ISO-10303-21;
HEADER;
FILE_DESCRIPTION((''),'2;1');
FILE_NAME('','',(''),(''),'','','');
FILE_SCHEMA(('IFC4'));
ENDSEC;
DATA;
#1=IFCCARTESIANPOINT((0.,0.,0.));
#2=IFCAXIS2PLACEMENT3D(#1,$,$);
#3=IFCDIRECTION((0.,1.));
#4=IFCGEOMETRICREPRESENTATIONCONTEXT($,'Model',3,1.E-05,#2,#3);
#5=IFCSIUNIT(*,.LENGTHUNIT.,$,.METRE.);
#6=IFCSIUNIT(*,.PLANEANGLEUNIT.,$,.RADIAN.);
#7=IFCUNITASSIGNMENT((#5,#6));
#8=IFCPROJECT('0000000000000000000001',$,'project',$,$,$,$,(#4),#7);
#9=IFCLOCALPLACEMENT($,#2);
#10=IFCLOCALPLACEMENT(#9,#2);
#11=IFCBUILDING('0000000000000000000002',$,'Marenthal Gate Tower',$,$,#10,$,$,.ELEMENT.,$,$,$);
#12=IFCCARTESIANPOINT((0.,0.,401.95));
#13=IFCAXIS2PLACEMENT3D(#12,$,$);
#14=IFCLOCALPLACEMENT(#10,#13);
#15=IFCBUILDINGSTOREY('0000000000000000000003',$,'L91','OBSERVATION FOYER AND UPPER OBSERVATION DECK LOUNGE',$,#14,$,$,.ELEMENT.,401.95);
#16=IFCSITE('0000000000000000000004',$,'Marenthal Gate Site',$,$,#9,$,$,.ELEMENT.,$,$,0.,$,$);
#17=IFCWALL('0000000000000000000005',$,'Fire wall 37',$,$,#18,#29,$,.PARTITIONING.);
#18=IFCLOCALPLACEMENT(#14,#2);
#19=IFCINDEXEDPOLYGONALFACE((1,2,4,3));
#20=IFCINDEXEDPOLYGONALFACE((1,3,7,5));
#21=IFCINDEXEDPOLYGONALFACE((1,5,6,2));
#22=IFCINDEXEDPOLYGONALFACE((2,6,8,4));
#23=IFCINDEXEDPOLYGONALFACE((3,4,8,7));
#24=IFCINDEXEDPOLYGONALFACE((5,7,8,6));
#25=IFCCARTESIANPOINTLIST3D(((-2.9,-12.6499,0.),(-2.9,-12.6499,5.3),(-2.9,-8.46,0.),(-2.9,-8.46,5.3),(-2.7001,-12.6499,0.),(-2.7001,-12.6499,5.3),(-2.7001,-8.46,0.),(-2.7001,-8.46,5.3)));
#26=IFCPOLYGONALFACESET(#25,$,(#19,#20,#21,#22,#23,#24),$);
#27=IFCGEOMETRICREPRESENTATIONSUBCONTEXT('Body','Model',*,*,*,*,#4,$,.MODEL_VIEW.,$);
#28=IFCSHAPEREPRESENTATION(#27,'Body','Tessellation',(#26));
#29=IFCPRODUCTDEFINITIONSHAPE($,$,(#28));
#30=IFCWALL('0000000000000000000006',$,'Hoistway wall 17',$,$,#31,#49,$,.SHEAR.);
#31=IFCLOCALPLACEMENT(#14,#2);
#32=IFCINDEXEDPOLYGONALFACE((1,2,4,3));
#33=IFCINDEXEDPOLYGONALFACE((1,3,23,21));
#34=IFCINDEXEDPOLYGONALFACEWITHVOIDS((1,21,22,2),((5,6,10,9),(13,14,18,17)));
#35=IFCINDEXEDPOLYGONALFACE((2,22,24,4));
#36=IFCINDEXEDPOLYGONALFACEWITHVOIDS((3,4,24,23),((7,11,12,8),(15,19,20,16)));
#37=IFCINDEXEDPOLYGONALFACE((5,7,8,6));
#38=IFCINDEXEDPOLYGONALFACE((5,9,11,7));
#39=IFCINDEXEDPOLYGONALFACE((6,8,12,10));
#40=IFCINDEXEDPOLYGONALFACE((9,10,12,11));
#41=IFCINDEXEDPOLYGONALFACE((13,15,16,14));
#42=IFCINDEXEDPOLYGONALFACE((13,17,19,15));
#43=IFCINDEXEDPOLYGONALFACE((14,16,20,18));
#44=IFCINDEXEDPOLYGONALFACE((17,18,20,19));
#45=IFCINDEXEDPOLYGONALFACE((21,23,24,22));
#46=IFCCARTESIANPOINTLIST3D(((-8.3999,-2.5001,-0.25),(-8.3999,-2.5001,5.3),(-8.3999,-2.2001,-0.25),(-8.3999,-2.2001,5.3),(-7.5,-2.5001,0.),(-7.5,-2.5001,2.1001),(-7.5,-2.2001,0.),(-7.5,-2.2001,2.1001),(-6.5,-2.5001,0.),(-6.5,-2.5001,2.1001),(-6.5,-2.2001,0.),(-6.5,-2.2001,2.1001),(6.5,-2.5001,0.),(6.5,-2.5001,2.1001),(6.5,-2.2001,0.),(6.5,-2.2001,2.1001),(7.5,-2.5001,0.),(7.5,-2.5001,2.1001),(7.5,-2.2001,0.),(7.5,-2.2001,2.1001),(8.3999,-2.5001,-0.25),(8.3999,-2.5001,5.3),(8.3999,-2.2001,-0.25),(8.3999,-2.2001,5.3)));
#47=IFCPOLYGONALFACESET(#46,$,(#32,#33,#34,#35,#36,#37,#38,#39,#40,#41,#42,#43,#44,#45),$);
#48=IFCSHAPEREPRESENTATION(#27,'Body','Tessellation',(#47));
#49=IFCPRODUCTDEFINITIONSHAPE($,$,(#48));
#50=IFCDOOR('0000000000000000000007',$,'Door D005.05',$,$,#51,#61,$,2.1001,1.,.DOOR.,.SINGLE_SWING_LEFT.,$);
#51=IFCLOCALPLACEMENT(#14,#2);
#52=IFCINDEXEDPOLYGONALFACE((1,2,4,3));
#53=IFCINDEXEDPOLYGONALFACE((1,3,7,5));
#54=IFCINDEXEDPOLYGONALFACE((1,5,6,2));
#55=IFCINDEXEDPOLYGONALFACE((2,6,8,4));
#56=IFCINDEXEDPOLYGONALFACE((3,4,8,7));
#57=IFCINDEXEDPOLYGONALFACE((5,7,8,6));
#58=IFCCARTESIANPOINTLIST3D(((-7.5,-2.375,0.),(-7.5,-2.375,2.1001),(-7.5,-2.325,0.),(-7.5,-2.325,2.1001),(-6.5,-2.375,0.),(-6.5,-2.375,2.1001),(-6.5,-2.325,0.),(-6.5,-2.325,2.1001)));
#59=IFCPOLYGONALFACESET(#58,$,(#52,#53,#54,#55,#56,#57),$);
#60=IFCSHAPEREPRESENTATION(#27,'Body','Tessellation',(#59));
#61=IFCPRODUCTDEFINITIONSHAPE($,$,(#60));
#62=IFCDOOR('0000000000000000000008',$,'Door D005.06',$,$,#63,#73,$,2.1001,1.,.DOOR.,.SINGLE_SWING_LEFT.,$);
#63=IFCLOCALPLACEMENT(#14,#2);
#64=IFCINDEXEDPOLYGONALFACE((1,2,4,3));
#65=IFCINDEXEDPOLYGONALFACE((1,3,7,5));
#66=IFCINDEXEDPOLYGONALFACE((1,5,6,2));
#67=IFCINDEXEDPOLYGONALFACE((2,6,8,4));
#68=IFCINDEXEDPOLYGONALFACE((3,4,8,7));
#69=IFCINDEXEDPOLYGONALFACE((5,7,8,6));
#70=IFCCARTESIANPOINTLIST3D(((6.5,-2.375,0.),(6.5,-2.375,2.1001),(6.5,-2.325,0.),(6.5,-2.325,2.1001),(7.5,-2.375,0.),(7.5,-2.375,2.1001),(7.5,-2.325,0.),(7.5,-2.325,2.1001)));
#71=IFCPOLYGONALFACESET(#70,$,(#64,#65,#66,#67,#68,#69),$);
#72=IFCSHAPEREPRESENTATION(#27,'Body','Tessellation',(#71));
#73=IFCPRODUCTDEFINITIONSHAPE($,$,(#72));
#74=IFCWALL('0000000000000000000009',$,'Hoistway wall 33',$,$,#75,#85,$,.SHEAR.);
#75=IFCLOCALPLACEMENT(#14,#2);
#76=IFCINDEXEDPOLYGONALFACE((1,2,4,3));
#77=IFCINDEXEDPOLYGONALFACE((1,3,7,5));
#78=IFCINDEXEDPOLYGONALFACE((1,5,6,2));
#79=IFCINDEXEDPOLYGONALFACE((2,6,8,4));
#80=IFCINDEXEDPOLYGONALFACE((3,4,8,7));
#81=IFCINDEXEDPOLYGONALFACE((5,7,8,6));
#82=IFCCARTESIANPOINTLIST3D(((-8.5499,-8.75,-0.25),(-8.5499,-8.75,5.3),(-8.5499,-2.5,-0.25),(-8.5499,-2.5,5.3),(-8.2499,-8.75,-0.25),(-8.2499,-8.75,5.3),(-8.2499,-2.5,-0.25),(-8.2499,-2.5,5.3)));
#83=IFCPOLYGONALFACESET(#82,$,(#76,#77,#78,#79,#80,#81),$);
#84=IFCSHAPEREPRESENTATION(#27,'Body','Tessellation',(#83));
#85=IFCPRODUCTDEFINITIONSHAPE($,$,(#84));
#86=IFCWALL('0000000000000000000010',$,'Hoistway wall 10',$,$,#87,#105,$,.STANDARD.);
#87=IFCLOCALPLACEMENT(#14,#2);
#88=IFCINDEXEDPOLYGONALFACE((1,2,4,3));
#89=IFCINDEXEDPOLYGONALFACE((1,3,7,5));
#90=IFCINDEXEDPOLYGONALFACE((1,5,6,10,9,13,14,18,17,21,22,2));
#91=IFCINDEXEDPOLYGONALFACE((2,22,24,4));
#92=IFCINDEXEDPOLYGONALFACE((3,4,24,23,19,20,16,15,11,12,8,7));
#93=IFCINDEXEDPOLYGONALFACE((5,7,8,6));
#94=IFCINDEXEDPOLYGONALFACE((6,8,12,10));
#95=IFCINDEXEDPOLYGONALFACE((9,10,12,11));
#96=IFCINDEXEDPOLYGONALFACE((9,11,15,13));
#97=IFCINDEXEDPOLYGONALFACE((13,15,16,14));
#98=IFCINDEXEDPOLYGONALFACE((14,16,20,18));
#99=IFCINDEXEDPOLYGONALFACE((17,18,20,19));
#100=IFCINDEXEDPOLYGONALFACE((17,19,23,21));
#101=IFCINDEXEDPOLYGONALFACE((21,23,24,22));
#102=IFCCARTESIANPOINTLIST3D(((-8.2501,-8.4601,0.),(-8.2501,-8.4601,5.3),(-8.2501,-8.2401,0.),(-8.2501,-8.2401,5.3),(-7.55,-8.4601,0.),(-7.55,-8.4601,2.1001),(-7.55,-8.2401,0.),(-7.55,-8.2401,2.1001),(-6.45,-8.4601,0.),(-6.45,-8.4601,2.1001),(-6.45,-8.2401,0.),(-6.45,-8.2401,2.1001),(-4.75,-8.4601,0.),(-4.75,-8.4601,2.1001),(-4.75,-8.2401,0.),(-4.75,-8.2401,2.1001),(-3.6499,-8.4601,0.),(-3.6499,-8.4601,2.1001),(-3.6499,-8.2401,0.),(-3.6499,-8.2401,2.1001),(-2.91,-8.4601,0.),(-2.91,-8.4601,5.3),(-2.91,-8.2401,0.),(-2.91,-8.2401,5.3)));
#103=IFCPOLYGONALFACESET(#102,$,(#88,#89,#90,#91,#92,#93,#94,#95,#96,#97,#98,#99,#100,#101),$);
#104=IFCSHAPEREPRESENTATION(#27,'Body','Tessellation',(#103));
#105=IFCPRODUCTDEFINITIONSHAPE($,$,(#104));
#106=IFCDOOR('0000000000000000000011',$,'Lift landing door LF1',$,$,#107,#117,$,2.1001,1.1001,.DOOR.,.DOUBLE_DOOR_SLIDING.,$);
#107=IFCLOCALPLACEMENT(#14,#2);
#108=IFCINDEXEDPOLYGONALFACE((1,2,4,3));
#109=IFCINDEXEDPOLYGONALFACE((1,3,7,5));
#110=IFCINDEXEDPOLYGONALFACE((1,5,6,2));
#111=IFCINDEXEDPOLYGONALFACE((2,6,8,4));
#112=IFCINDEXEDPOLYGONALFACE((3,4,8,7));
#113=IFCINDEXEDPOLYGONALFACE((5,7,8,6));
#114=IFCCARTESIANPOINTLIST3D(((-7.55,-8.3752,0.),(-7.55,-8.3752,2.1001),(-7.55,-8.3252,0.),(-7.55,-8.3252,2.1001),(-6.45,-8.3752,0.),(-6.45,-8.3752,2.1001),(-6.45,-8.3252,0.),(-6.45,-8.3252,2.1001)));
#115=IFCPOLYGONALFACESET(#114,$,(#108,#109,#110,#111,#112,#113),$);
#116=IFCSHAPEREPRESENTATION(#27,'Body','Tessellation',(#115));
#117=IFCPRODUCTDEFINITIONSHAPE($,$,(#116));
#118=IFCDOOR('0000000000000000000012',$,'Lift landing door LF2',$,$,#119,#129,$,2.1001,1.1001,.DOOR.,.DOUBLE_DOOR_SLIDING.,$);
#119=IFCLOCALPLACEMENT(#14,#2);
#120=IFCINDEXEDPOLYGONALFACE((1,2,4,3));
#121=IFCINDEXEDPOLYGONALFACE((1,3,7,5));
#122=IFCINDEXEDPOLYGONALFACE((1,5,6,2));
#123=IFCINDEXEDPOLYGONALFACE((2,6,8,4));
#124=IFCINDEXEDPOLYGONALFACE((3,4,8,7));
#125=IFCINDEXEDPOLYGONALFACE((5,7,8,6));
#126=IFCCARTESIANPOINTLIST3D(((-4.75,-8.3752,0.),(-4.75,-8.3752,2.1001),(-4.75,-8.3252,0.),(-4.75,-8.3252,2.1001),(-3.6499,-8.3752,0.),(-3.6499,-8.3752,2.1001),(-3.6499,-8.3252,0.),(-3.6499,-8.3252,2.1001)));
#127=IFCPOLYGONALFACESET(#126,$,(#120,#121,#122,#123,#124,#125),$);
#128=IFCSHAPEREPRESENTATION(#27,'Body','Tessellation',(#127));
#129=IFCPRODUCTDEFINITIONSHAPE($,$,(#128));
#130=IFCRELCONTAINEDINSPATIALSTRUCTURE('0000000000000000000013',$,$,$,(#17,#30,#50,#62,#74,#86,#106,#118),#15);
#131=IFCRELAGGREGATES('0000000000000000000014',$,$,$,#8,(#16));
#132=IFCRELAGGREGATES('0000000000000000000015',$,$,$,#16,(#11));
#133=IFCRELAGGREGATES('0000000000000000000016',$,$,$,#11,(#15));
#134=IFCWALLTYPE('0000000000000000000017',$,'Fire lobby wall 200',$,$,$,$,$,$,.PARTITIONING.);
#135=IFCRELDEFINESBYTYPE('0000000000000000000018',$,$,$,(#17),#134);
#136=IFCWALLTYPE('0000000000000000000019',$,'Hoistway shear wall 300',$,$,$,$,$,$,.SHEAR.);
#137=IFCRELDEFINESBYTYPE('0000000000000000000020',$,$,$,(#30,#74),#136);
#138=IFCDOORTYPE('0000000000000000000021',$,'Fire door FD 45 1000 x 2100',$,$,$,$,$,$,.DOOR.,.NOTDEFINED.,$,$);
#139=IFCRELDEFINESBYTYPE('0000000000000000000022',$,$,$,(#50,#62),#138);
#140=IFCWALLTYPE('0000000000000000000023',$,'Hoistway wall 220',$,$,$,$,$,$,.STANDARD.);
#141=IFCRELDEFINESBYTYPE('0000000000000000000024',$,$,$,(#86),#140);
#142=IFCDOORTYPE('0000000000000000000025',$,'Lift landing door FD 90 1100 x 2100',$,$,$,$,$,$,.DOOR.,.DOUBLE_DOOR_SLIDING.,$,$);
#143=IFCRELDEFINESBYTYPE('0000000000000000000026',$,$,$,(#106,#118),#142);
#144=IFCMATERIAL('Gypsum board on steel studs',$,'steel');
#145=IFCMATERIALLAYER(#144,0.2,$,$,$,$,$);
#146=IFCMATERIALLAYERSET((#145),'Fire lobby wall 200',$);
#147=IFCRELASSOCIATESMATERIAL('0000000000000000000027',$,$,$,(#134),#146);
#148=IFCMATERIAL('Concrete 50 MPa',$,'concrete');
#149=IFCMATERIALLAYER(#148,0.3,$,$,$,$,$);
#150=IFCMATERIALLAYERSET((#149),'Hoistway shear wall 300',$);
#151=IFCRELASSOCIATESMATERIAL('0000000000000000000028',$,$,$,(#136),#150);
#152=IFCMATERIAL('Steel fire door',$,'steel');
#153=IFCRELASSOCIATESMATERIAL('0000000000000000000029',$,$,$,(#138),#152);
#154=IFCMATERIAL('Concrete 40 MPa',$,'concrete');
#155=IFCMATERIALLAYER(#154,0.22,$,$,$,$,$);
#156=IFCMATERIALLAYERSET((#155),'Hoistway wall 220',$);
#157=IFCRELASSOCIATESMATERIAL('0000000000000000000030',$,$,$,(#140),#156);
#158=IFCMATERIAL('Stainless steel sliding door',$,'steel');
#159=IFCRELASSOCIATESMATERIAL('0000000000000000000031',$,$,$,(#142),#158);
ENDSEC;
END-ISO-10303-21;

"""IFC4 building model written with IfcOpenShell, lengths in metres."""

from ifc_helpers import new_model, si_unit, direction, frame, frame_2d, origin, place, context, subcontext, project, spatial, rectangle, extrude, material, layer, layer_set, type_object, element, fill, save


model = new_model("IFC4")

# Units and contexts
model_context = context("Model", 3, precision=1e-05, world=origin(), true_north=direction((0.0, 1.0)))
body_context = subcontext(model_context, "Body", "Model", "MODEL_VIEW")
ifc_project = project(units=[si_unit("LENGTHUNIT", "METRE"), si_unit("PLANEANGLEUNIT", "RADIAN")], contexts=[model_context])

# Site, building, storey
site_placement = place(None, origin())
site = spatial("IfcSite", under=ifc_project, at=site_placement, Name="Marenthal Gate Site", CompositionType="ELEMENT", RefElevation=0.0)
building_placement = place(site_placement, origin())
building = spatial("IfcBuilding", under=site, at=building_placement, Name="Marenthal Gate Tower", CompositionType="ELEMENT")
storey_placement = place(building_placement, frame((0.0, 0.0, 401.95)))
storey = spatial("IfcBuildingStorey", under=building, at=storey_placement, Name="L91", Description="OBSERVATION FOYER AND UPPER OBSERVATION DECK LOUNGE", CompositionType="ELEMENT", Elevation=401.95)

# Wall
ifc_material_1 = material(Name="Gypsum board on steel studs", Category="steel")
ifc_layer_1 = layer(ifc_material_1, 0.2)
ifc_layer_set_1 = layer_set([ifc_layer_1], Name="Fire lobby wall 200")
wall_type_1 = type_object("IfcWallType", Name="Fire lobby wall 200", PredefinedType="PARTITIONING", material=ifc_layer_set_1)
wall_1_placement = place(storey_placement, frame((-2.8, -12.6499, 0.0), z_axis=(0.0, 0.0, 1.0), x_axis=(0.0, 1.0, 0.0)))
element("IfcWall", 1, at=wall_1_placement, inside=storey, type_object=wall_type_1, Name="Fire wall 37", PredefinedType="PARTITIONING", context=body_context, shape_type="SweptSolid", body=[
    extrude(rectangle(XDim=4.1899, YDim=0.2, at=frame_2d((2.095, 0.0))), origin(), (0.0, 0.0, 1.0), 5.3),
])

# Wall, openings, doors
ifc_material_2 = material(Name="Concrete 50 MPa", Category="concrete")
ifc_layer_2 = layer(ifc_material_2, 0.3)
ifc_layer_set_2 = layer_set([ifc_layer_2], Name="Hoistway shear wall 300")
wall_type_2 = type_object("IfcWallType", Name="Hoistway shear wall 300", PredefinedType="SHEAR", material=ifc_layer_set_2)
wall_2_placement = place(storey_placement, frame((-8.3999, -2.3501, -0.25), z_axis=(0.0, 0.0, 1.0), x_axis=(1.0, 0.0, 0.0)))
wall_2 = element("IfcWall", 2, at=wall_2_placement, inside=storey, type_object=wall_type_2, Name="Hoistway wall 17", PredefinedType="SHEAR", context=body_context, shape_type="SweptSolid", body=[
    extrude(rectangle(XDim=16.7998, YDim=0.3, at=frame_2d((8.3999, 0.0))), origin(), (0.0, 0.0, 1.0), 5.55),
])
opening_1_placement = place(wall_2_placement, frame((0.8999, 0.0, 0.25)))
opening_1 = element("IfcOpeningElement", 3, at=opening_1_placement, cuts=wall_2, PredefinedType="OPENING", context=body_context, shape_type="SweptSolid", body=[
    extrude(rectangle(XDim=1.0, YDim=2.1001, at=frame_2d((0.5, 1.05))), frame((0.0, 0.1602, 0.0), z_axis=(0.0, -1.0, 0.0), x_axis=(1.0, 0.0, 0.0)), (0.0, 0.0, 1.0), 0.3201),
])
opening_2_placement = place(wall_2_placement, frame((14.8999, 0.0, 0.25)))
opening_2 = element("IfcOpeningElement", 4, at=opening_2_placement, cuts=wall_2, PredefinedType="OPENING", context=body_context, shape_type="SweptSolid", body=[
    extrude(rectangle(XDim=1.0, YDim=2.1001, at=frame_2d((0.5, 1.05))), frame((0.0, 0.1602, 0.0), z_axis=(0.0, -1.0, 0.0), x_axis=(1.0, 0.0, 0.0)), (0.0, 0.0, 1.0), 0.3201),
])
ifc_material_3 = material(Name="Steel fire door", Category="steel")
door_type_1 = type_object("IfcDoorType", Name="Fire door FD 45 1000 x 2100", OperationType="NOTDEFINED", PredefinedType="DOOR", material=ifc_material_3)
door_1_placement = place(opening_1_placement, frame((1.0, 0.0, 0.0), z_axis=(0.0, 0.0, 1.0), x_axis=(-1.0, 0.0, 0.0)))
door_1 = element("IfcDoor", 5, at=door_1_placement, inside=storey, type_object=door_type_1, Name="Door D005.05", OperationType="SINGLE_SWING_LEFT", OverallHeight=2.1001, OverallWidth=1.0, PredefinedType="DOOR", context=body_context, shape_type="SweptSolid", body=[
    extrude(rectangle(XDim=1.0, YDim=2.1001, at=frame_2d((0.5, 1.05))), frame((0.0, 0.0249, 0.0), z_axis=(0.0, -1.0, 0.0), x_axis=(1.0, 0.0, 0.0)), (0.0, 0.0, 1.0), 0.05),
])
fill(opening_1, door_1)
door_2_placement = place(opening_2_placement, frame((1.0, 0.0, 0.0), z_axis=(0.0, 0.0, 1.0), x_axis=(-1.0, 0.0, 0.0)))
door_2 = element("IfcDoor", 6, at=door_2_placement, inside=storey, type_object=door_type_1, Name="Door D005.06", OperationType="SINGLE_SWING_LEFT", OverallHeight=2.1001, OverallWidth=1.0, PredefinedType="DOOR", context=body_context, shape_type="SweptSolid", body=[
    extrude(rectangle(XDim=1.0, YDim=2.1001, at=frame_2d((0.5, 1.05))), frame((0.0, 0.0249, 0.0), z_axis=(0.0, -1.0, 0.0), x_axis=(1.0, 0.0, 0.0)), (0.0, 0.0, 1.0), 0.05),
])
fill(opening_2, door_2)

# Wall
wall_3_placement = place(storey_placement, frame((-8.3999, -8.75, -0.25), z_axis=(0.0, 0.0, 1.0), x_axis=(0.0, 1.0, 0.0)))
element("IfcWall", 7, at=wall_3_placement, inside=storey, type_object=wall_type_2, Name="Hoistway wall 33", PredefinedType="SHEAR", context=body_context, shape_type="SweptSolid", body=[
    extrude(rectangle(XDim=6.25, YDim=0.3, at=frame_2d((3.125, 0.0))), origin(), (0.0, 0.0, 1.0), 5.55),
])

# Wall, openings, doors
ifc_material_4 = material(Name="Concrete 40 MPa", Category="concrete")
ifc_layer_3 = layer(ifc_material_4, 0.22)
ifc_layer_set_3 = layer_set([ifc_layer_3], Name="Hoistway wall 220")
wall_type_3 = type_object("IfcWallType", Name="Hoistway wall 220", PredefinedType="STANDARD", material=ifc_layer_set_3)
wall_4_placement = place(storey_placement, frame((-8.25, -8.3501, 0.0), z_axis=(0.0, 0.0, 1.0), x_axis=(1.0, 0.0, 0.0)))
wall_4 = element("IfcWall", 8, at=wall_4_placement, inside=storey, type_object=wall_type_3, Name="Hoistway wall 10", PredefinedType="STANDARD", context=body_context, shape_type="SweptSolid", body=[
    extrude(rectangle(XDim=5.3401, YDim=0.22, at=frame_2d((2.6699, 0.0))), origin(), (0.0, 0.0, 1.0), 5.3),
])
opening_3_placement = place(wall_4_placement, frame((0.7, 0.0, 0.0)))
opening_3 = element("IfcOpeningElement", 9, at=opening_3_placement, cuts=wall_4, PredefinedType="OPENING", context=body_context, shape_type="SweptSolid", body=[
    extrude(rectangle(XDim=1.1001, YDim=2.1001, at=frame_2d((0.55, 1.05))), frame((0.0, 0.1201, 0.0), z_axis=(0.0, -1.0, 0.0), x_axis=(1.0, 0.0, 0.0)), (0.0, 0.0, 1.0), 0.24),
])
opening_4_placement = place(wall_4_placement, frame((3.5, 0.0, 0.0)))
opening_4 = element("IfcOpeningElement", 10, at=opening_4_placement, cuts=wall_4, PredefinedType="OPENING", context=body_context, shape_type="SweptSolid", body=[
    extrude(rectangle(XDim=1.1001, YDim=2.1001, at=frame_2d((0.55, 1.05))), frame((0.0, 0.1201, 0.0), z_axis=(0.0, -1.0, 0.0), x_axis=(1.0, 0.0, 0.0)), (0.0, 0.0, 1.0), 0.24),
])
ifc_material_5 = material(Name="Stainless steel sliding door", Category="steel")
door_type_2 = type_object("IfcDoorType", Name="Lift landing door FD 90 1100 x 2100", OperationType="DOUBLE_DOOR_SLIDING", PredefinedType="DOOR", material=ifc_material_5)
door_3_placement = place(opening_3_placement, origin())
door_3 = element("IfcDoor", 11, at=door_3_placement, inside=storey, type_object=door_type_2, Name="Lift landing door LF1", OperationType="DOUBLE_DOOR_SLIDING", OverallHeight=2.1001, OverallWidth=1.1001, PredefinedType="DOOR", context=body_context, shape_type="SweptSolid", body=[
    extrude(rectangle(XDim=1.1001, YDim=2.1001, at=frame_2d((0.55, 1.05))), frame((0.0, 0.0249, 0.0), z_axis=(0.0, -1.0, 0.0), x_axis=(1.0, 0.0, 0.0)), (0.0, 0.0, 1.0), 0.05),
])
fill(opening_3, door_3)
door_4_placement = place(opening_4_placement, origin())
door_4 = element("IfcDoor", 12, at=door_4_placement, inside=storey, type_object=door_type_2, Name="Lift landing door LF2", OperationType="DOUBLE_DOOR_SLIDING", OverallHeight=2.1001, OverallWidth=1.1001, PredefinedType="DOOR", context=body_context, shape_type="SweptSolid", body=[
    extrude(rectangle(XDim=1.1001, YDim=2.1001, at=frame_2d((0.55, 1.05))), frame((0.0, 0.0249, 0.0), z_axis=(0.0, -1.0, 0.0), x_axis=(1.0, 0.0, 0.0)), (0.0, 0.0, 1.0), 0.05),
])
fill(opening_4, door_4)

save(model, "model.ifc")
